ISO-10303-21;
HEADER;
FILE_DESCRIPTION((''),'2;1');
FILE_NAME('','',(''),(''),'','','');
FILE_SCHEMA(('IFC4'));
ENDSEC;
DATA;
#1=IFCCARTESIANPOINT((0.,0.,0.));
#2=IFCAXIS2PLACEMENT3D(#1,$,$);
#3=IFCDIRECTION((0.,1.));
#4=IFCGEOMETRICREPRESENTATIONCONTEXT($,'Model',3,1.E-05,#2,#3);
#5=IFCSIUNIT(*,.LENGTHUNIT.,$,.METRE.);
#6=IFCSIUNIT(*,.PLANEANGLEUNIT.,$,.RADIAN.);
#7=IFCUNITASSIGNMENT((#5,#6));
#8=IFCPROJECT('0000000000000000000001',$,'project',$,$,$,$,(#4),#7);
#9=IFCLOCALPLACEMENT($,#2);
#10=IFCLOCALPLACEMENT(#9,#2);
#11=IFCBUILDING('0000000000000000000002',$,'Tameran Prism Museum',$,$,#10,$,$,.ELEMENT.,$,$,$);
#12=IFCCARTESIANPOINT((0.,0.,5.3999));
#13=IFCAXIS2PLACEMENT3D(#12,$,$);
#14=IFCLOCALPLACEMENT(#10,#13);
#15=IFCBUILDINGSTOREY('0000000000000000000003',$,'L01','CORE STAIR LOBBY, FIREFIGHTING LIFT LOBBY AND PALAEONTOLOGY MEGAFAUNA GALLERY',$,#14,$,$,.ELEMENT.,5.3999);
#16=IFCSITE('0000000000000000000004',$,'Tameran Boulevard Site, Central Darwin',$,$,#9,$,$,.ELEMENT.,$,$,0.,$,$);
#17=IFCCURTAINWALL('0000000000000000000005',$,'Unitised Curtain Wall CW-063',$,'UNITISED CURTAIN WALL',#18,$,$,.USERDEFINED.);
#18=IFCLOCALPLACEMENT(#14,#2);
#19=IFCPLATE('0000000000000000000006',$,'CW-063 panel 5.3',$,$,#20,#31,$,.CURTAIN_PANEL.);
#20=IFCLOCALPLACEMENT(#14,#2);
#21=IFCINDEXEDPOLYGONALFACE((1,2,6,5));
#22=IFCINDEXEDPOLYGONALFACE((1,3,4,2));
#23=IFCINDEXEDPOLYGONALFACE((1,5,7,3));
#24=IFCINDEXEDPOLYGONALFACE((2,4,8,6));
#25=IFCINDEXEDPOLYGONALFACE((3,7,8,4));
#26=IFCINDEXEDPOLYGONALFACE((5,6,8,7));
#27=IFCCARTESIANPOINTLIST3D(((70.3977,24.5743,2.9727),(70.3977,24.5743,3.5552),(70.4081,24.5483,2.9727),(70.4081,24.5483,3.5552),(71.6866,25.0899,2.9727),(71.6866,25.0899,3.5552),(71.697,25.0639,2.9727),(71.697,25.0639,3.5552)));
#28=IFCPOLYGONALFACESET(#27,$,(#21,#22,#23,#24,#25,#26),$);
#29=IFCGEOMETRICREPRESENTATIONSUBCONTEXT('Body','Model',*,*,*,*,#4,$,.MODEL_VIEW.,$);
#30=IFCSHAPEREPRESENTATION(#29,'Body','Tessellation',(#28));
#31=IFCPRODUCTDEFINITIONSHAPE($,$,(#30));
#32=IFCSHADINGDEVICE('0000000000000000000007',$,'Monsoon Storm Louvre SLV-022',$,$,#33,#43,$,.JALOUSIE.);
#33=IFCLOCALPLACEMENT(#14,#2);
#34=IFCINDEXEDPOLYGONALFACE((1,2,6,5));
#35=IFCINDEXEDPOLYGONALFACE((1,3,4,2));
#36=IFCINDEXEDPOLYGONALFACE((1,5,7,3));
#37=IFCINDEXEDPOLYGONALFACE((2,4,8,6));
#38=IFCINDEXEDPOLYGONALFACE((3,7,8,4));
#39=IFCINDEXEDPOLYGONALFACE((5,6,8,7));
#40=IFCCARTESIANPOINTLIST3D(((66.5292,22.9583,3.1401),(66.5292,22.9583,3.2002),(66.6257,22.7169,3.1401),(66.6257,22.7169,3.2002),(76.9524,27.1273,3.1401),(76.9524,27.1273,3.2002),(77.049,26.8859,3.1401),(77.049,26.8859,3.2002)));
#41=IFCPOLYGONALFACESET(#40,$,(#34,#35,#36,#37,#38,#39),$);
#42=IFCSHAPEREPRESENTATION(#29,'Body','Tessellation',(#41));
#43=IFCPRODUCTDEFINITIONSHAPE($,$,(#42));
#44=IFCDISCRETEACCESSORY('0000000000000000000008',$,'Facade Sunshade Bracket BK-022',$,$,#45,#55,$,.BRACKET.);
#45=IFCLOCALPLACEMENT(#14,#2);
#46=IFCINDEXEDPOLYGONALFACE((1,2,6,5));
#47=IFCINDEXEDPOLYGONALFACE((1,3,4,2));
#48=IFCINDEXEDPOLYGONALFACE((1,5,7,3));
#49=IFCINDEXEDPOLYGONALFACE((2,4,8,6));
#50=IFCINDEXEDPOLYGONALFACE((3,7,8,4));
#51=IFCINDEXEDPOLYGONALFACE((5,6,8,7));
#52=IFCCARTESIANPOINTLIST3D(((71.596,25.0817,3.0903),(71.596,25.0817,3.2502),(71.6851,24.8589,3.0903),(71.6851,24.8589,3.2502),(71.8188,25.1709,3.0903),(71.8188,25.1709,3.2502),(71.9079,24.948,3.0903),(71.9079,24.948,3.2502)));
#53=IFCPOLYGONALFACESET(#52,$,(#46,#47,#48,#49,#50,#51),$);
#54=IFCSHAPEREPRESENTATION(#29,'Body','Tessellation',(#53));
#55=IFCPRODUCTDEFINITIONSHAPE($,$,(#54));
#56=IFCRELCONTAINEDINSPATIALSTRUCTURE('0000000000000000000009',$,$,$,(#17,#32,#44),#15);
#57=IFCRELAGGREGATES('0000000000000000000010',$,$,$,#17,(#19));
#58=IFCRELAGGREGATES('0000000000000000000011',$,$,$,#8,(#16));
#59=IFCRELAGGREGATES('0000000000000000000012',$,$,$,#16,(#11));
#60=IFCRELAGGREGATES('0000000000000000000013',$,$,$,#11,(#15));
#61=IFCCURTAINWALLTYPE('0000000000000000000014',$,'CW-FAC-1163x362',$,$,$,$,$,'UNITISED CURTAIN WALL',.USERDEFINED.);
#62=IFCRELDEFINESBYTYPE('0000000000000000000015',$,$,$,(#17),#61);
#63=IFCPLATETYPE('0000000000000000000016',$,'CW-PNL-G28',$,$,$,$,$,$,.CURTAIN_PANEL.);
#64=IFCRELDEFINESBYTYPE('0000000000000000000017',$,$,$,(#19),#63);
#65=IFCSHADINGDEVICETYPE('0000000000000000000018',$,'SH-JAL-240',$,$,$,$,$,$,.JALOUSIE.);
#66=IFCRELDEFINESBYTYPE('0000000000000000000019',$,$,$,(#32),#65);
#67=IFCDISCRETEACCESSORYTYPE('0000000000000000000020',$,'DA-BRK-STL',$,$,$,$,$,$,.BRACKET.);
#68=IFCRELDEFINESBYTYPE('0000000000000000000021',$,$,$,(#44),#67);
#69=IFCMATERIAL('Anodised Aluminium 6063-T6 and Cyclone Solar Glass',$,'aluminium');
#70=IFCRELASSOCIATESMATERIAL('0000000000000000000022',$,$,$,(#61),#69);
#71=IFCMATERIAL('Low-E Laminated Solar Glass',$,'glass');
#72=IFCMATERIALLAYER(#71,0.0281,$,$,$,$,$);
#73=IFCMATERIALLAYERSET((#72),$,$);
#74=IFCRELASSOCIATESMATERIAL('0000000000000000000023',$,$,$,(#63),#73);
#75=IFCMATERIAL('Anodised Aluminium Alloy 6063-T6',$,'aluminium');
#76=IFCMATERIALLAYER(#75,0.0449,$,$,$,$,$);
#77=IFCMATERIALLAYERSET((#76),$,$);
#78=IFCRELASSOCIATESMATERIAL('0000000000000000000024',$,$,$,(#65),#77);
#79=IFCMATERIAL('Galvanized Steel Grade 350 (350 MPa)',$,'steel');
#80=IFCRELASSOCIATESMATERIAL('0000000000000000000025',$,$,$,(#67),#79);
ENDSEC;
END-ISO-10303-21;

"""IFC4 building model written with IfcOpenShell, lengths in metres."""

from ifc_helpers import new_model, si_unit, direction, frame, origin, origin_2d, place, context, subcontext, project, spatial, rectangle, extrude, material, layer, layer_set, type_object, element, aggregate, save


model = new_model("IFC4")

# Units and contexts
model_context = context("Model", 3, precision=1e-05, world=origin(), true_north=direction((0.0, 1.0)))
body_context = subcontext(model_context, "Body", "Model", "MODEL_VIEW")
ifc_project = project(units=[si_unit("LENGTHUNIT", "METRE"), si_unit("PLANEANGLEUNIT", "RADIAN")], contexts=[model_context])

# Site, building, storey
site_placement = place(None, origin())
site = spatial("IfcSite", under=ifc_project, at=site_placement, Name="Tameran Boulevard Site, Central Darwin", CompositionType="ELEMENT", RefElevation=0.0)
building_placement = place(site_placement, origin())
building = spatial("IfcBuilding", under=site, at=building_placement, Name="Tameran Prism Museum", CompositionType="ELEMENT")
storey_placement = place(building_placement, frame((0.0, 0.0, 5.3999)))
storey = spatial("IfcBuildingStorey", under=building, at=storey_placement, Name="L01", Description="CORE STAIR LOBBY, FIREFIGHTING LIFT LOBBY AND PALAEONTOLOGY MEGAFAUNA GALLERY", CompositionType="ELEMENT", Elevation=5.3999)

# Curtain wall
ifc_material_1 = material(Name="Anodised Aluminium 6063-T6 and Cyclone Solar Glass", Category="aluminium")
curtain_wall_type_1 = type_object("IfcCurtainWallType", Name="CW-FAC-1163x362", ElementType="UNITISED CURTAIN WALL", PredefinedType="USERDEFINED", material=ifc_material_1)
curtain_wall_1_placement = place(storey_placement, origin())
curtain_wall_1 = element("IfcCurtainWall", 1, at=curtain_wall_1_placement, inside=storey, type_object=curtain_wall_type_1, Name="Unitised Curtain Wall CW-063", ObjectType="UNITISED CURTAIN WALL", PredefinedType="USERDEFINED")

# Plate
ifc_material_2 = material(Name="Low-E Laminated Solar Glass", Category="glass")
ifc_layer_1 = layer(ifc_material_2, 0.0281)
ifc_layer_set_1 = layer_set([ifc_layer_1])
plate_type = type_object("IfcPlateType", Name="CW-PNL-G28", PredefinedType="CURTAIN_PANEL", material=ifc_layer_set_1)
plate_1_placement = place(storey_placement, frame((71.0474, 24.8191, 2.9727), z_axis=(0.0, 0.0, 1.0), x_axis=(-0.928465, -0.37142, 0.0)))
plate_1 = element("IfcPlate", 2, at=plate_1_placement, type_object=plate_type, Name="CW-063 panel 5.3", PredefinedType="CURTAIN_PANEL", context=body_context, shape_type="SweptSolid", body=[
    extrude(rectangle(XDim=1.3882, YDim=0.0281, at=origin_2d()), origin(), (0.0, 0.0, 1.0), 0.5825),
])
aggregate(curtain_wall_1, [plate_1])

# Shading device
ifc_material_3 = material(Name="Anodised Aluminium Alloy 6063-T6", Category="aluminium")
ifc_layer_2 = layer(ifc_material_3, 0.0449)
ifc_layer_set_2 = layer_set([ifc_layer_2])
shading_device_type = type_object("IfcShadingDeviceType", Name="SH-JAL-240", PredefinedType="JALOUSIE", material=ifc_layer_set_2)
shading_device_placement = place(storey_placement, frame((71.7891, 24.9221, 3.1401), z_axis=(0.0, 0.0, 1.0), x_axis=(-0.928486, -0.371368, 0.0)))
element("IfcShadingDevice", 3, at=shading_device_placement, inside=storey, type_object=shading_device_type, Name="Monsoon Storm Louvre SLV-022", PredefinedType="JALOUSIE", context=body_context, shape_type="SweptSolid", body=[
    extrude(rectangle(XDim=11.2261, YDim=0.26, at=origin_2d()), origin(), (0.0, 0.0, 1.0), 0.0601),
])

# Discrete accessory
ifc_material_4 = material(Name="Galvanized Steel Grade 350 (350 MPa)", Category="steel")
discrete_accessory_type = type_object("IfcDiscreteAccessoryType", Name="DA-BRK-STL", PredefinedType="BRACKET", material=ifc_material_4)
discrete_accessory_placement = place(storey_placement, frame((71.752, 25.0149, 3.0903), z_axis=(0.0, 0.0, 1.0), x_axis=(-0.928486, -0.371368, 0.0)))
element("IfcDiscreteAccessory", 4, at=discrete_accessory_placement, inside=storey, type_object=discrete_accessory_type, Name="Facade Sunshade Bracket BK-022", PredefinedType="BRACKET", context=body_context, shape_type="SweptSolid", body=[
    extrude(rectangle(XDim=0.24, YDim=0.24, at=origin_2d()), origin(), (0.0, 0.0, 1.0), 0.1599),
])

save(model, "model.ifc")
